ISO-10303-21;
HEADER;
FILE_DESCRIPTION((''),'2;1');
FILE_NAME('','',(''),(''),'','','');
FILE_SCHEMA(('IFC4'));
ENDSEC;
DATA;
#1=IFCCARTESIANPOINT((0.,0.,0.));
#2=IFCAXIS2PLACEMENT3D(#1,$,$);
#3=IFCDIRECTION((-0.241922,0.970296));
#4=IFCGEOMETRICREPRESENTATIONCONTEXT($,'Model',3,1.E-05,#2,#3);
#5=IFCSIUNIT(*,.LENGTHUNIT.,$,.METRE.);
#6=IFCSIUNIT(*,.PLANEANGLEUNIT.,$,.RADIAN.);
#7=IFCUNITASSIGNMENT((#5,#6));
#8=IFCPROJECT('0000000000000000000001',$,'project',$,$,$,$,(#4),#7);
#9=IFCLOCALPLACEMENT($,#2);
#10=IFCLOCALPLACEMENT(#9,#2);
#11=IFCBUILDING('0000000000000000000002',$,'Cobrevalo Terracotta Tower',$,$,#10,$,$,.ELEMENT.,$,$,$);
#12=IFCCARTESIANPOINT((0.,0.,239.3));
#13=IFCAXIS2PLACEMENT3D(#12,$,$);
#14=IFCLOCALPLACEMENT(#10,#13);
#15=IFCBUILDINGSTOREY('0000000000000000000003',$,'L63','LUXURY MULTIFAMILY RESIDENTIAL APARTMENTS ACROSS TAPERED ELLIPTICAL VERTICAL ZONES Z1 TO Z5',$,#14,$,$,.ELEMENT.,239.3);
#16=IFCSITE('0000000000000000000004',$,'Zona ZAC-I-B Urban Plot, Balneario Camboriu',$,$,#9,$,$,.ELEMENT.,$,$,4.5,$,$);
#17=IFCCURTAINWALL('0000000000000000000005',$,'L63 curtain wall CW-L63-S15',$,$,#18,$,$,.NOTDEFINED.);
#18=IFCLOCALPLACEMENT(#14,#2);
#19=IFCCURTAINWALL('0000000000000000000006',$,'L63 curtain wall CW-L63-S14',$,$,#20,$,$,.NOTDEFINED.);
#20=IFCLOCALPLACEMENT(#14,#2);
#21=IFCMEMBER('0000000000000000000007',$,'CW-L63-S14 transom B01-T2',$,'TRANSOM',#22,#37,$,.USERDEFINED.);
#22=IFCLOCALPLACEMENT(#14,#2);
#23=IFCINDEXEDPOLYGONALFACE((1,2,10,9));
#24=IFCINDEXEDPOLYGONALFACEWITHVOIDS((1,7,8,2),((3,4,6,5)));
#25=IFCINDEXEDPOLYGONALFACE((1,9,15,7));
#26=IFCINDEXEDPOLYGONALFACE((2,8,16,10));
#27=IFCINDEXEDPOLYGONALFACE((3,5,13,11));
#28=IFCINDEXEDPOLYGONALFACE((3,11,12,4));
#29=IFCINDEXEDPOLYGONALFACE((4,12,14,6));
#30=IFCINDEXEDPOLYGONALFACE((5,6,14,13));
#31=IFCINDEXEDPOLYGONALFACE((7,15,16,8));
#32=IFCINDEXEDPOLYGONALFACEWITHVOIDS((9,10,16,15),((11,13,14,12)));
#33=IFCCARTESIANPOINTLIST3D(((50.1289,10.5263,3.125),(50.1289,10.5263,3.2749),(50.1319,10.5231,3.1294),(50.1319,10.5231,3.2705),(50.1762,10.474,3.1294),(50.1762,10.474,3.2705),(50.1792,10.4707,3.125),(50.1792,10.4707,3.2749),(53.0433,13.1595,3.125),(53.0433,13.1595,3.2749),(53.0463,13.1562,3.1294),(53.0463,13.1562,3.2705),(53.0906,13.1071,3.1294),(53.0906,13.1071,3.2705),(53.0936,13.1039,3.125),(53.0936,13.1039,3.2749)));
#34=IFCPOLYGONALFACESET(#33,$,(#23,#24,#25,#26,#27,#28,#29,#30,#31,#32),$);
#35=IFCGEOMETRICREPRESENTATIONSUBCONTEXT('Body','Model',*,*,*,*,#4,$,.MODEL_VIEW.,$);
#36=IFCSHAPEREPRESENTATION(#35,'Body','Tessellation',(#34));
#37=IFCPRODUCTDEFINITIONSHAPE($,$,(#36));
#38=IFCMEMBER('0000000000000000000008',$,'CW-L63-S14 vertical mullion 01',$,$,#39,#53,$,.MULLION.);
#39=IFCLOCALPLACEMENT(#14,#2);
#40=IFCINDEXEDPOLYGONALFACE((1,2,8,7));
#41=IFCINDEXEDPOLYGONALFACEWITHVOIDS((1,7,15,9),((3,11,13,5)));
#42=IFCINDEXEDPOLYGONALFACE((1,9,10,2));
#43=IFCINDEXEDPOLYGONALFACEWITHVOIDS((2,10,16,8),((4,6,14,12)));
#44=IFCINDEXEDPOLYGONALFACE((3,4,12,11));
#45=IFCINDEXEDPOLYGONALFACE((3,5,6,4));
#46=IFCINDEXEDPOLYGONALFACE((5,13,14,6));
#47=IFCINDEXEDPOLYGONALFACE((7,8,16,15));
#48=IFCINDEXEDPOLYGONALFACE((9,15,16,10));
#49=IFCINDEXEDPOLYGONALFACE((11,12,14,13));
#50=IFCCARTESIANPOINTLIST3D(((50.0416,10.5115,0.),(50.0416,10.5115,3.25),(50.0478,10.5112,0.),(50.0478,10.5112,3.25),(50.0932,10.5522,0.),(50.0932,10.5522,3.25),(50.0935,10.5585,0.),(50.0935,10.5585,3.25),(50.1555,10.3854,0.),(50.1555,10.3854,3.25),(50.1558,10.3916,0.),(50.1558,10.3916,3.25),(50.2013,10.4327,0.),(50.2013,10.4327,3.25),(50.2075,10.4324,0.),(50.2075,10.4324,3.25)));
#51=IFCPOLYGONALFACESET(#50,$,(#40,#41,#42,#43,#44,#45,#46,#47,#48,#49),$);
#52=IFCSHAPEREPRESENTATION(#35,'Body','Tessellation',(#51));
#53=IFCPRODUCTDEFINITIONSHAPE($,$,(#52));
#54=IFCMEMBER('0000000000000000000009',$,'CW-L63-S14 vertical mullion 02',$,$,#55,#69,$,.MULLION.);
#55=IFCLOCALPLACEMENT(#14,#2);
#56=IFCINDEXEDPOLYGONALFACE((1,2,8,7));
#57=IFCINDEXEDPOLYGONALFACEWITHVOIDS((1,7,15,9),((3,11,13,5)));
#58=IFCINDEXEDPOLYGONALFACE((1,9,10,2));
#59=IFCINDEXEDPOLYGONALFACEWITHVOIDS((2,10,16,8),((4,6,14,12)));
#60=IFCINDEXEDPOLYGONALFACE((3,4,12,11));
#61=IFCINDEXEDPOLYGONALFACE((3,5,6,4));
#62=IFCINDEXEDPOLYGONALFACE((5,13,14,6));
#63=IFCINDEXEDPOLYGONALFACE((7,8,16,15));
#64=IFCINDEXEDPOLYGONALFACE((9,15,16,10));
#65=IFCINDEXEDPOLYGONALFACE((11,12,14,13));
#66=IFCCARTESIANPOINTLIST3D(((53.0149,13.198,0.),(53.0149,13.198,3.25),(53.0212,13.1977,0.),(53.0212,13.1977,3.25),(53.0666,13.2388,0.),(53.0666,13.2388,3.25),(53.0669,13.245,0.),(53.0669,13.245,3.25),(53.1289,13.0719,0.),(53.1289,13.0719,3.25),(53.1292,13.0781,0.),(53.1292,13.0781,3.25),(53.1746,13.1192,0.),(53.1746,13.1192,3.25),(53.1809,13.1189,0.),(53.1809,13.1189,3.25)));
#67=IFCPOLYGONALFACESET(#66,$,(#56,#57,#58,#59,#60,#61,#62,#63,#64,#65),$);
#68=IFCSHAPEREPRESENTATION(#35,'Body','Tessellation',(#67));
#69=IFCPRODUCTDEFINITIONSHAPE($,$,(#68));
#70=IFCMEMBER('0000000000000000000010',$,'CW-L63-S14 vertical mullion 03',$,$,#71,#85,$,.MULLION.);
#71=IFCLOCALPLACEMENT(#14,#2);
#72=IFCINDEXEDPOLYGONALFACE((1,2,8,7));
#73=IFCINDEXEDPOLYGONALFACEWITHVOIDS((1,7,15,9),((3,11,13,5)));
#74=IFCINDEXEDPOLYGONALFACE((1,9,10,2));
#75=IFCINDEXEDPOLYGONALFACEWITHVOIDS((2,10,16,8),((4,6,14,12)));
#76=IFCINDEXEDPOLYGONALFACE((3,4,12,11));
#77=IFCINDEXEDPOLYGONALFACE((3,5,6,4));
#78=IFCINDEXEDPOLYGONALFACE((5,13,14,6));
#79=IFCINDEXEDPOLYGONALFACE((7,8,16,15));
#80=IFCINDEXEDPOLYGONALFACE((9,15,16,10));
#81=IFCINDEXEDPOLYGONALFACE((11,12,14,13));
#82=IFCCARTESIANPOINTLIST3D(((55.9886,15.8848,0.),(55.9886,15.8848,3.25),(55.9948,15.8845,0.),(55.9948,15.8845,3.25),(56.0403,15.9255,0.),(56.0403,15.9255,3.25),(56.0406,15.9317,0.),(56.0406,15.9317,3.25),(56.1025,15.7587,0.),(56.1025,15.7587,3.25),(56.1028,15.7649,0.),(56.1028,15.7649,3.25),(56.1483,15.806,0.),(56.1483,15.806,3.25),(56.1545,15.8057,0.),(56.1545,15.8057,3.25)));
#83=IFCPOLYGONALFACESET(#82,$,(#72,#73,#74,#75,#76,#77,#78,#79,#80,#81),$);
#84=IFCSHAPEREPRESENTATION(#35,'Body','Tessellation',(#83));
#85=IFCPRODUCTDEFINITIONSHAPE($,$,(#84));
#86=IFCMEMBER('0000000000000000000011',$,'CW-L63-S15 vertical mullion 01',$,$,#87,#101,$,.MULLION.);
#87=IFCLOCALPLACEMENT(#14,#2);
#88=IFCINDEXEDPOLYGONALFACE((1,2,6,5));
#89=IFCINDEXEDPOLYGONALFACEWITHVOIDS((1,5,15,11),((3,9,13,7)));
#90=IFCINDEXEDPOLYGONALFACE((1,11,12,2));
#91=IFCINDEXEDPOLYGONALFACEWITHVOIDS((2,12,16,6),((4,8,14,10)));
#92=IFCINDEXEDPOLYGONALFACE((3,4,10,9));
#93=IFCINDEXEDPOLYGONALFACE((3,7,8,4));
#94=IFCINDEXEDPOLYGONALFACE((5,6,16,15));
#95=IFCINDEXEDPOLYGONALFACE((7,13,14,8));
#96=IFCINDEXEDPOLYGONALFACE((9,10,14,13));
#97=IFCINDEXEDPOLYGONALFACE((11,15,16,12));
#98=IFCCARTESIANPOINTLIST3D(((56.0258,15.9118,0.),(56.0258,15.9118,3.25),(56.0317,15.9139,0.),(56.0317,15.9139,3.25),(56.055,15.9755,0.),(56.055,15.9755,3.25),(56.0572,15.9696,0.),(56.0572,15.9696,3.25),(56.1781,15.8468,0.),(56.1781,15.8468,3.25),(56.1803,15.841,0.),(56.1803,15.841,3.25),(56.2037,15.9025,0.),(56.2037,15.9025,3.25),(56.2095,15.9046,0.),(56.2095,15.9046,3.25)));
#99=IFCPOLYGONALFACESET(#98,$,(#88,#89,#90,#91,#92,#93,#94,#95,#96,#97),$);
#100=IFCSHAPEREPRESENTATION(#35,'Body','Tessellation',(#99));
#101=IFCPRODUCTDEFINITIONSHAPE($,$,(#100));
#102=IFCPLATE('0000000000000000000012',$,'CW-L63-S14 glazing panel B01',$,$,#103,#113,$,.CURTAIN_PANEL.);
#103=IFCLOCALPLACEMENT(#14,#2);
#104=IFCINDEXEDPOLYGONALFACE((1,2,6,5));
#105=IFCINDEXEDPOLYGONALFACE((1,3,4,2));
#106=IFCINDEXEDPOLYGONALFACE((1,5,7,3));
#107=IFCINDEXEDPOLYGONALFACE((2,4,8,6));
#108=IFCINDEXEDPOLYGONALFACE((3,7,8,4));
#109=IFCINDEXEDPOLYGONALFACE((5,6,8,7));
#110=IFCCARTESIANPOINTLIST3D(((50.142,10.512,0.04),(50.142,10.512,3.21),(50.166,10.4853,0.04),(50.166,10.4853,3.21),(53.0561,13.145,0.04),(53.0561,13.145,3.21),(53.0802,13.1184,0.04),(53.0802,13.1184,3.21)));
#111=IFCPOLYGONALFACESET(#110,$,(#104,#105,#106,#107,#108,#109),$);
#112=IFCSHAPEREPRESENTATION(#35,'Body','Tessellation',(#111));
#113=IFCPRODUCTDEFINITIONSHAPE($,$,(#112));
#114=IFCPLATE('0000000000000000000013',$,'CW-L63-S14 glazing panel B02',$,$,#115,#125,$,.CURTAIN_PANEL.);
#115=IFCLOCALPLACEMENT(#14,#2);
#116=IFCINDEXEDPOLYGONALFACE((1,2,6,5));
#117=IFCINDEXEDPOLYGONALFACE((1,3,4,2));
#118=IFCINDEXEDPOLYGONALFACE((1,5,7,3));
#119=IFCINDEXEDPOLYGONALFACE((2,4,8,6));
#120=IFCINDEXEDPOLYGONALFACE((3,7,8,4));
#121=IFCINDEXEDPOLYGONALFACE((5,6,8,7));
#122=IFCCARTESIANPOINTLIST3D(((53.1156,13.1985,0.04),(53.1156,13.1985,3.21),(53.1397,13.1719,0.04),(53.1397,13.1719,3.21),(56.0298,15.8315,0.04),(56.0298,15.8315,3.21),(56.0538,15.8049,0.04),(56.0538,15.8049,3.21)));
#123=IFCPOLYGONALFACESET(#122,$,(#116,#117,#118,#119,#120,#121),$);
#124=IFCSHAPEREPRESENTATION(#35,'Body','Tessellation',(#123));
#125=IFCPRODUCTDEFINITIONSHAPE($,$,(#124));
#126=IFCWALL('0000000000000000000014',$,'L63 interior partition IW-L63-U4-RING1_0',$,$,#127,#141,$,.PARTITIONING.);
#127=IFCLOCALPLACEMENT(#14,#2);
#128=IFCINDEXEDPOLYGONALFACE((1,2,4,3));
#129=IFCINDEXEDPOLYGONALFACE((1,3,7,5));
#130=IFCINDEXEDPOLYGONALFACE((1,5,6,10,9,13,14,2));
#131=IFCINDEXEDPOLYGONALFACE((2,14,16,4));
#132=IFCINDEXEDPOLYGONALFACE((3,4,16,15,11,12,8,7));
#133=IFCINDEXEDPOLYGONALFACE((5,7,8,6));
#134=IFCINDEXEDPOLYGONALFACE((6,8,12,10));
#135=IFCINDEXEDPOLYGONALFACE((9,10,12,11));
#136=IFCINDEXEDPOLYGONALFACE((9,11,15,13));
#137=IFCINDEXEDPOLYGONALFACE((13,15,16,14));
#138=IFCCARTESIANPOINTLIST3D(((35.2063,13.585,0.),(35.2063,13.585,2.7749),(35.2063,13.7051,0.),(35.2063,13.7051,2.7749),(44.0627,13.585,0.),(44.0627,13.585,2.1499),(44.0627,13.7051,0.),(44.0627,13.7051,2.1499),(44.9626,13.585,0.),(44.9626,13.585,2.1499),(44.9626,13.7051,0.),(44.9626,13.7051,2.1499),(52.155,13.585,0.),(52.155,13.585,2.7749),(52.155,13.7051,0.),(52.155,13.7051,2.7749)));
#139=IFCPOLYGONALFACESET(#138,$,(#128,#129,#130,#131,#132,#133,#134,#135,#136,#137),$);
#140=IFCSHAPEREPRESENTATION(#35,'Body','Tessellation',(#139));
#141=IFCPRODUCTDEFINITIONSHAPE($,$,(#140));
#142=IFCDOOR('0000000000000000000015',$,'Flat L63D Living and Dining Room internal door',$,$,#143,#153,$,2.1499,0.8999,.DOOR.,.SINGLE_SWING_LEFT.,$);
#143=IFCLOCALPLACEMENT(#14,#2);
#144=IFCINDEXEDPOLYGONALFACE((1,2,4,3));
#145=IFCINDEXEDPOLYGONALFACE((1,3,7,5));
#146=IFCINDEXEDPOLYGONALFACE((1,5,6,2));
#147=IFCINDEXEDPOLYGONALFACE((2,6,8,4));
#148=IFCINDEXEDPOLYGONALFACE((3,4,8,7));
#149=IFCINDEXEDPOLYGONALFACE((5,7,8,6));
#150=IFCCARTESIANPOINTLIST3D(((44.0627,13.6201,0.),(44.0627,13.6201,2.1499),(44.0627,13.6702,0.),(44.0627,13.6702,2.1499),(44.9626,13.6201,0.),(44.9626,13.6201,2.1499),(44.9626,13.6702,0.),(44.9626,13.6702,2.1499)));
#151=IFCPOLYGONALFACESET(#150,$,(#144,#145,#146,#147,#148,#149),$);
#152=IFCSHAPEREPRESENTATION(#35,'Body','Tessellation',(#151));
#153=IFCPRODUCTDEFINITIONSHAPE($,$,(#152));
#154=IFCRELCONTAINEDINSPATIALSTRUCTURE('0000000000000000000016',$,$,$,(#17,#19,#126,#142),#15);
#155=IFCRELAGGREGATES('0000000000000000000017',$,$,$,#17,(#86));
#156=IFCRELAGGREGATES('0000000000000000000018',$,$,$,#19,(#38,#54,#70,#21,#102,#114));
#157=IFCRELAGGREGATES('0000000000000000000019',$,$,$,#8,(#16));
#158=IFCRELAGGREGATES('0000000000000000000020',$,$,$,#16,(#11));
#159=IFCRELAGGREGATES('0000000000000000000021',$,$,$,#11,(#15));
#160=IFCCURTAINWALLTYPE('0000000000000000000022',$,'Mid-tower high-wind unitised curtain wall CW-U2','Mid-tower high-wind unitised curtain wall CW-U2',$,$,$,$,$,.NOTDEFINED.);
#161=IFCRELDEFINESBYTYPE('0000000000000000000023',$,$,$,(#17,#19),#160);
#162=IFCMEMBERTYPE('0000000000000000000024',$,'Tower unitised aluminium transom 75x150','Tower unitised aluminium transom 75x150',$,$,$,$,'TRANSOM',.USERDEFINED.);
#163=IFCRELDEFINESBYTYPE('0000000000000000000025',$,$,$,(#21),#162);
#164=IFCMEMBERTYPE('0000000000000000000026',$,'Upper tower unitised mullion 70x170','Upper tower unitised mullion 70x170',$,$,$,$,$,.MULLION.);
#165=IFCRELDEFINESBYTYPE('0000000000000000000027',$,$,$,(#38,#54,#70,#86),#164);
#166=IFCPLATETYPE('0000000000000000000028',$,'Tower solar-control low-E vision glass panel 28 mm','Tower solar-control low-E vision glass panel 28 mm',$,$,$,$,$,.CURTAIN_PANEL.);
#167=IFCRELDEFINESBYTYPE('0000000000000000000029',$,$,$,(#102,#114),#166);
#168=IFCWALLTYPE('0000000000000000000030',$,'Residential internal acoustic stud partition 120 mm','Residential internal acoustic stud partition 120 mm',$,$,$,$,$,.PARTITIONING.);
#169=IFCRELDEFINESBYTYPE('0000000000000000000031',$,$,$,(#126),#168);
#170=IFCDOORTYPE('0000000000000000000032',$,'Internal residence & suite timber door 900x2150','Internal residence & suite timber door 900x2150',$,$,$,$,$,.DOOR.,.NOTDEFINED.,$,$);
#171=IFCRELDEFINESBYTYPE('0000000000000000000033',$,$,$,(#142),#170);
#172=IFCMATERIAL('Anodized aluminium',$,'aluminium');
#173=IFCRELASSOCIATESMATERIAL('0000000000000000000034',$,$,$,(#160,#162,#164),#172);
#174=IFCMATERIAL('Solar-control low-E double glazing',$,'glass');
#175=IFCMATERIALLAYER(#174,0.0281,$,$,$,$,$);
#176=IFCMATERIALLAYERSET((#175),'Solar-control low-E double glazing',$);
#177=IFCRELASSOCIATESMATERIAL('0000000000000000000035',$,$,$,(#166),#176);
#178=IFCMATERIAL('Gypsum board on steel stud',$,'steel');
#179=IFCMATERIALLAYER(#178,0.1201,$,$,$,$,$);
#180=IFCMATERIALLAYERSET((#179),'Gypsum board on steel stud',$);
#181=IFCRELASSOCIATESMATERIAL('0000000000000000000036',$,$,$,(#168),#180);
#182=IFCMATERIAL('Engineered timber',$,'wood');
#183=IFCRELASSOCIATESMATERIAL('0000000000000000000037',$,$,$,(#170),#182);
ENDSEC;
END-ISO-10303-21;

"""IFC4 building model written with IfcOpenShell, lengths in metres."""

from ifc_helpers import new_model, si_unit, direction, frame, frame_2d, origin, origin_2d, place, context, subcontext, project, spatial, rectangle, hollow_rectangle, extrude, source, transform, mapped, material, layer, layer_set, material_profile, profile_set, type_object, element, fill, aggregate, save


model = new_model("IFC4")

# Units and contexts
model_context = context("Model", 3, precision=1e-05, world=origin(), true_north=direction((-0.241922, 0.970296)))
body_context = subcontext(model_context, "Body", "Model", "MODEL_VIEW")
ifc_project = project(units=[si_unit("LENGTHUNIT", "METRE"), si_unit("PLANEANGLEUNIT", "RADIAN")], contexts=[model_context])

# Site, building, storey
site_placement = place(None, origin())
site = spatial("IfcSite", under=ifc_project, at=site_placement, Name="Zona ZAC-I-B Urban Plot, Balneario Camboriu", CompositionType="ELEMENT", RefElevation=4.5)
building_placement = place(site_placement, origin())
building = spatial("IfcBuilding", under=site, at=building_placement, Name="Cobrevalo Terracotta Tower", CompositionType="ELEMENT")
storey_placement = place(building_placement, frame((0.0, 0.0, 239.3)))
storey = spatial("IfcBuildingStorey", under=building, at=storey_placement, Name="L63", Description="LUXURY MULTIFAMILY RESIDENTIAL APARTMENTS ACROSS TAPERED ELLIPTICAL VERTICAL ZONES Z1 TO Z5", CompositionType="ELEMENT", Elevation=239.3)

# Curtain walls, members
ifc_material_1 = material(Name="Anodized aluminium", Category="aluminium")
curtain_wall_type = type_object("IfcCurtainWallType", Name="Mid-tower high-wind unitised curtain wall CW-U2", Description="Mid-tower high-wind unitised curtain wall CW-U2", PredefinedType="NOTDEFINED", material=ifc_material_1)
curtain_wall_1_placement = place(storey_placement, origin())
curtain_wall_1 = element("IfcCurtainWall", 1, at=curtain_wall_1_placement, inside=storey, type_object=curtain_wall_type, Name="L63 curtain wall CW-L63-S15", PredefinedType="NOTDEFINED")
ifc_material_profile_1 = material_profile(ifc_material_1, hollow_rectangle(XDim=0.075, YDim=0.1499, WallThickness=0.0044, at=origin_2d()), Name="CWT 75x150")
ifc_profile_set_1 = profile_set([ifc_material_profile_1], Name="Anodized aluminium")
member_type_1 = type_object("IfcMemberType", Name="Tower unitised aluminium transom 75x150", Description="Tower unitised aluminium transom 75x150", ElementType="TRANSOM", PredefinedType="USERDEFINED", material=ifc_profile_set_1)
curtain_wall_2_placement = place(storey_placement, origin())
curtain_wall_2 = element("IfcCurtainWall", 2, at=curtain_wall_2_placement, inside=storey, type_object=curtain_wall_type, Name="L63 curtain wall CW-L63-S14", PredefinedType="NOTDEFINED")
shared_shape_1 = source(origin(), body_context, "Body", "SweptSolid", [
    extrude(hollow_rectangle(XDim=0.075, YDim=0.1499, WallThickness=0.0044, at=origin_2d()), origin(), (0.0, 0.0, 1.0), 3.9277),
])
member_1_placement = place(storey_placement, frame((50.1541, 10.4985, 3.2), z_axis=(0.742004, 0.670396, 0.0), x_axis=(-0.670396, 0.742004, 0.0)))
member_1 = element("IfcMember", 3, at=member_1_placement, type_object=member_type_1, Name="CW-L63-S14 transom B01-T2", ObjectType="TRANSOM", PredefinedType="USERDEFINED", context=body_context, shape_type="MappedRepresentation", body=[
    mapped(shared_shape_1, transform((0.0, 0.0, 0.0), scale=1.0)),
])
ifc_material_profile_2 = material_profile(ifc_material_1, hollow_rectangle(XDim=0.0701, YDim=0.1699, WallThickness=0.0044, at=origin_2d()), Name="CWM 70x170")
ifc_profile_set_2 = profile_set([ifc_material_profile_2], Name="Anodized aluminium")
member_type_2 = type_object("IfcMemberType", Name="Upper tower unitised mullion 70x170", Description="Upper tower unitised mullion 70x170", PredefinedType="MULLION", material=ifc_profile_set_2)
shared_shape_2 = source(origin(), body_context, "Body", "SweptSolid", [
    extrude(hollow_rectangle(XDim=0.0701, YDim=0.1699, WallThickness=0.0044, at=origin_2d()), origin(), (0.0, 0.0, 1.0), 3.25),
])
member_2_placement = place(storey_placement, frame((50.1245, 10.4719, 0.0), z_axis=(0.0, 0.0, 1.0), x_axis=(0.741988, 0.670414, 0.0)))
member_2 = element("IfcMember", 4, at=member_2_placement, type_object=member_type_2, Name="CW-L63-S14 vertical mullion 01", PredefinedType="MULLION", context=body_context, shape_type="MappedRepresentation", body=[
    mapped(shared_shape_2, transform((0.0, 0.0, 0.0), scale=1.0)),
])
member_3_placement = place(storey_placement, frame((53.0979, 13.1584, 0.0), z_axis=(0.0, 0.0, 1.0), x_axis=(0.741988, 0.670414, 0.0)))
member_3 = element("IfcMember", 5, at=member_3_placement, type_object=member_type_2, Name="CW-L63-S14 vertical mullion 02", PredefinedType="MULLION", context=body_context, shape_type="MappedRepresentation", body=[
    mapped(shared_shape_2, transform((0.0, 0.0, 0.0), scale=1.0)),
])
member_4_placement = place(storey_placement, frame((56.0715, 15.8452, 0.0), z_axis=(0.0, 0.0, 1.0), x_axis=(0.741988, 0.670414, 0.0)))
member_4 = element("IfcMember", 6, at=member_4_placement, type_object=member_type_2, Name="CW-L63-S14 vertical mullion 03", PredefinedType="MULLION", context=body_context, shape_type="MappedRepresentation", body=[
    mapped(shared_shape_2, transform((0.0, 0.0, 0.0), scale=1.0)),
])

# Member
member_5_placement = place(storey_placement, frame((56.1177, 15.9082, 0.0), z_axis=(0.0, 0.0, 1.0), x_axis=(0.416725, 0.909033, 0.0)))
member_5 = element("IfcMember", 7, at=member_5_placement, type_object=member_type_2, Name="CW-L63-S15 vertical mullion 01", PredefinedType="MULLION", context=body_context, shape_type="MappedRepresentation", body=[
    mapped(shared_shape_2, transform((0.0, 0.0, 0.0), scale=1.0)),
])
aggregate(curtain_wall_1, [member_5])

# Plates
ifc_material_2 = material(Name="Solar-control low-E double glazing", Category="glass")
ifc_layer_1 = layer(ifc_material_2, 0.0281)
ifc_layer_set_1 = layer_set([ifc_layer_1], Name="Solar-control low-E double glazing")
plate_type = type_object("IfcPlateType", Name="Tower solar-control low-E vision glass panel 28 mm", Description="Tower solar-control low-E vision glass panel 28 mm", PredefinedType="CURTAIN_PANEL", material=ifc_layer_set_1)
shared_shape_3 = source(origin(), body_context, "Body", "SweptSolid", [
    extrude(rectangle(XDim=3.9275, YDim=0.0359, at=origin_2d()), origin(), (0.0, 0.0, 1.0), 3.1699),
])
plate_1_placement = place(storey_placement, frame((51.6111, 11.8152, 0.04), z_axis=(0.0, 0.0, 1.0), x_axis=(0.741988, 0.670414, 0.0)))
plate_1 = element("IfcPlate", 8, at=plate_1_placement, type_object=plate_type, Name="CW-L63-S14 glazing panel B01", PredefinedType="CURTAIN_PANEL", context=body_context, shape_type="MappedRepresentation", body=[
    mapped(shared_shape_3, transform((0.0, 0.0, 0.0), scale=1.0)),
])
plate_2_placement = place(storey_placement, frame((54.5847, 14.5017, 0.04), z_axis=(0.0, 0.0, 1.0), x_axis=(0.741988, 0.670414, 0.0)))
plate_2 = element("IfcPlate", 9, at=plate_2_placement, type_object=plate_type, Name="CW-L63-S14 glazing panel B02", PredefinedType="CURTAIN_PANEL", context=body_context, shape_type="MappedRepresentation", body=[
    mapped(shared_shape_3, transform((0.0, 0.0, 0.0), scale=1.0)),
])
aggregate(curtain_wall_2, [member_2, member_3, member_4, member_1, plate_1, plate_2])

# Wall, opening, door
ifc_material_3 = material(Name="Gypsum board on steel stud", Category="steel")
ifc_layer_2 = layer(ifc_material_3, 0.1201)
ifc_layer_set_2 = layer_set([ifc_layer_2], Name="Gypsum board on steel stud")
wall_type = type_object("IfcWallType", Name="Residential internal acoustic stud partition 120 mm", Description="Residential internal acoustic stud partition 120 mm", PredefinedType="PARTITIONING", material=ifc_layer_set_2)
wall_placement = place(storey_placement, frame((52.155, 13.645, 0.0), z_axis=(0.0, 0.0, 1.0), x_axis=(-1.0, 0.0, 0.0)))
wall = element("IfcWall", 10, at=wall_placement, inside=storey, type_object=wall_type, Name="L63 interior partition IW-L63-U4-RING1_0", PredefinedType="PARTITIONING", context=body_context, shape_type="SweptSolid", body=[
    extrude(rectangle(XDim=16.9487, YDim=0.1201, at=frame_2d((8.4744, 0.0))), origin(), (0.0, 0.0, 1.0), 2.7749),
])
opening_placement = place(wall_placement, frame((7.1924, 0.0, 0.0)))
opening = element("IfcOpeningElement", 11, at=opening_placement, cuts=wall, PredefinedType="OPENING", context=body_context, shape_type="SweptSolid", body=[
    extrude(rectangle(XDim=0.8999, YDim=2.1499, at=frame_2d((0.45, 1.075))), frame((0.0, 0.0701, 0.0), z_axis=(0.0, -1.0, 0.0), x_axis=(1.0, 0.0, 0.0)), (0.0, 0.0, 1.0), 0.1401),
])
ifc_material_4 = material(Name="Engineered timber", Category="wood")
door_type = type_object("IfcDoorType", Name="Internal residence & suite timber door 900x2150", Description="Internal residence & suite timber door 900x2150", OperationType="NOTDEFINED", PredefinedType="DOOR", material=ifc_material_4)
shared_shape_4 = source(origin(), body_context, "Body", "SweptSolid", [
    extrude(rectangle(XDim=0.8999, YDim=2.1499, at=frame_2d((0.45, 1.075))), frame((0.0, 0.0249, 0.0), z_axis=(0.0, -1.0, 0.0), x_axis=(1.0, 0.0, 0.0)), (0.0, 0.0, 1.0), 0.05),
])
door_placement = place(opening_placement, origin())
door = element("IfcDoor", 12, at=door_placement, inside=storey, type_object=door_type, Name="Flat L63D Living and Dining Room internal door", OperationType="SINGLE_SWING_LEFT", OverallHeight=2.1499, OverallWidth=0.8999, PredefinedType="DOOR", context=body_context, shape_type="MappedRepresentation", body=[
    mapped(shared_shape_4, transform((0.0, 0.0, 0.0), scale=1.0)),
])
fill(opening, door)

save(model, "model.ifc")
